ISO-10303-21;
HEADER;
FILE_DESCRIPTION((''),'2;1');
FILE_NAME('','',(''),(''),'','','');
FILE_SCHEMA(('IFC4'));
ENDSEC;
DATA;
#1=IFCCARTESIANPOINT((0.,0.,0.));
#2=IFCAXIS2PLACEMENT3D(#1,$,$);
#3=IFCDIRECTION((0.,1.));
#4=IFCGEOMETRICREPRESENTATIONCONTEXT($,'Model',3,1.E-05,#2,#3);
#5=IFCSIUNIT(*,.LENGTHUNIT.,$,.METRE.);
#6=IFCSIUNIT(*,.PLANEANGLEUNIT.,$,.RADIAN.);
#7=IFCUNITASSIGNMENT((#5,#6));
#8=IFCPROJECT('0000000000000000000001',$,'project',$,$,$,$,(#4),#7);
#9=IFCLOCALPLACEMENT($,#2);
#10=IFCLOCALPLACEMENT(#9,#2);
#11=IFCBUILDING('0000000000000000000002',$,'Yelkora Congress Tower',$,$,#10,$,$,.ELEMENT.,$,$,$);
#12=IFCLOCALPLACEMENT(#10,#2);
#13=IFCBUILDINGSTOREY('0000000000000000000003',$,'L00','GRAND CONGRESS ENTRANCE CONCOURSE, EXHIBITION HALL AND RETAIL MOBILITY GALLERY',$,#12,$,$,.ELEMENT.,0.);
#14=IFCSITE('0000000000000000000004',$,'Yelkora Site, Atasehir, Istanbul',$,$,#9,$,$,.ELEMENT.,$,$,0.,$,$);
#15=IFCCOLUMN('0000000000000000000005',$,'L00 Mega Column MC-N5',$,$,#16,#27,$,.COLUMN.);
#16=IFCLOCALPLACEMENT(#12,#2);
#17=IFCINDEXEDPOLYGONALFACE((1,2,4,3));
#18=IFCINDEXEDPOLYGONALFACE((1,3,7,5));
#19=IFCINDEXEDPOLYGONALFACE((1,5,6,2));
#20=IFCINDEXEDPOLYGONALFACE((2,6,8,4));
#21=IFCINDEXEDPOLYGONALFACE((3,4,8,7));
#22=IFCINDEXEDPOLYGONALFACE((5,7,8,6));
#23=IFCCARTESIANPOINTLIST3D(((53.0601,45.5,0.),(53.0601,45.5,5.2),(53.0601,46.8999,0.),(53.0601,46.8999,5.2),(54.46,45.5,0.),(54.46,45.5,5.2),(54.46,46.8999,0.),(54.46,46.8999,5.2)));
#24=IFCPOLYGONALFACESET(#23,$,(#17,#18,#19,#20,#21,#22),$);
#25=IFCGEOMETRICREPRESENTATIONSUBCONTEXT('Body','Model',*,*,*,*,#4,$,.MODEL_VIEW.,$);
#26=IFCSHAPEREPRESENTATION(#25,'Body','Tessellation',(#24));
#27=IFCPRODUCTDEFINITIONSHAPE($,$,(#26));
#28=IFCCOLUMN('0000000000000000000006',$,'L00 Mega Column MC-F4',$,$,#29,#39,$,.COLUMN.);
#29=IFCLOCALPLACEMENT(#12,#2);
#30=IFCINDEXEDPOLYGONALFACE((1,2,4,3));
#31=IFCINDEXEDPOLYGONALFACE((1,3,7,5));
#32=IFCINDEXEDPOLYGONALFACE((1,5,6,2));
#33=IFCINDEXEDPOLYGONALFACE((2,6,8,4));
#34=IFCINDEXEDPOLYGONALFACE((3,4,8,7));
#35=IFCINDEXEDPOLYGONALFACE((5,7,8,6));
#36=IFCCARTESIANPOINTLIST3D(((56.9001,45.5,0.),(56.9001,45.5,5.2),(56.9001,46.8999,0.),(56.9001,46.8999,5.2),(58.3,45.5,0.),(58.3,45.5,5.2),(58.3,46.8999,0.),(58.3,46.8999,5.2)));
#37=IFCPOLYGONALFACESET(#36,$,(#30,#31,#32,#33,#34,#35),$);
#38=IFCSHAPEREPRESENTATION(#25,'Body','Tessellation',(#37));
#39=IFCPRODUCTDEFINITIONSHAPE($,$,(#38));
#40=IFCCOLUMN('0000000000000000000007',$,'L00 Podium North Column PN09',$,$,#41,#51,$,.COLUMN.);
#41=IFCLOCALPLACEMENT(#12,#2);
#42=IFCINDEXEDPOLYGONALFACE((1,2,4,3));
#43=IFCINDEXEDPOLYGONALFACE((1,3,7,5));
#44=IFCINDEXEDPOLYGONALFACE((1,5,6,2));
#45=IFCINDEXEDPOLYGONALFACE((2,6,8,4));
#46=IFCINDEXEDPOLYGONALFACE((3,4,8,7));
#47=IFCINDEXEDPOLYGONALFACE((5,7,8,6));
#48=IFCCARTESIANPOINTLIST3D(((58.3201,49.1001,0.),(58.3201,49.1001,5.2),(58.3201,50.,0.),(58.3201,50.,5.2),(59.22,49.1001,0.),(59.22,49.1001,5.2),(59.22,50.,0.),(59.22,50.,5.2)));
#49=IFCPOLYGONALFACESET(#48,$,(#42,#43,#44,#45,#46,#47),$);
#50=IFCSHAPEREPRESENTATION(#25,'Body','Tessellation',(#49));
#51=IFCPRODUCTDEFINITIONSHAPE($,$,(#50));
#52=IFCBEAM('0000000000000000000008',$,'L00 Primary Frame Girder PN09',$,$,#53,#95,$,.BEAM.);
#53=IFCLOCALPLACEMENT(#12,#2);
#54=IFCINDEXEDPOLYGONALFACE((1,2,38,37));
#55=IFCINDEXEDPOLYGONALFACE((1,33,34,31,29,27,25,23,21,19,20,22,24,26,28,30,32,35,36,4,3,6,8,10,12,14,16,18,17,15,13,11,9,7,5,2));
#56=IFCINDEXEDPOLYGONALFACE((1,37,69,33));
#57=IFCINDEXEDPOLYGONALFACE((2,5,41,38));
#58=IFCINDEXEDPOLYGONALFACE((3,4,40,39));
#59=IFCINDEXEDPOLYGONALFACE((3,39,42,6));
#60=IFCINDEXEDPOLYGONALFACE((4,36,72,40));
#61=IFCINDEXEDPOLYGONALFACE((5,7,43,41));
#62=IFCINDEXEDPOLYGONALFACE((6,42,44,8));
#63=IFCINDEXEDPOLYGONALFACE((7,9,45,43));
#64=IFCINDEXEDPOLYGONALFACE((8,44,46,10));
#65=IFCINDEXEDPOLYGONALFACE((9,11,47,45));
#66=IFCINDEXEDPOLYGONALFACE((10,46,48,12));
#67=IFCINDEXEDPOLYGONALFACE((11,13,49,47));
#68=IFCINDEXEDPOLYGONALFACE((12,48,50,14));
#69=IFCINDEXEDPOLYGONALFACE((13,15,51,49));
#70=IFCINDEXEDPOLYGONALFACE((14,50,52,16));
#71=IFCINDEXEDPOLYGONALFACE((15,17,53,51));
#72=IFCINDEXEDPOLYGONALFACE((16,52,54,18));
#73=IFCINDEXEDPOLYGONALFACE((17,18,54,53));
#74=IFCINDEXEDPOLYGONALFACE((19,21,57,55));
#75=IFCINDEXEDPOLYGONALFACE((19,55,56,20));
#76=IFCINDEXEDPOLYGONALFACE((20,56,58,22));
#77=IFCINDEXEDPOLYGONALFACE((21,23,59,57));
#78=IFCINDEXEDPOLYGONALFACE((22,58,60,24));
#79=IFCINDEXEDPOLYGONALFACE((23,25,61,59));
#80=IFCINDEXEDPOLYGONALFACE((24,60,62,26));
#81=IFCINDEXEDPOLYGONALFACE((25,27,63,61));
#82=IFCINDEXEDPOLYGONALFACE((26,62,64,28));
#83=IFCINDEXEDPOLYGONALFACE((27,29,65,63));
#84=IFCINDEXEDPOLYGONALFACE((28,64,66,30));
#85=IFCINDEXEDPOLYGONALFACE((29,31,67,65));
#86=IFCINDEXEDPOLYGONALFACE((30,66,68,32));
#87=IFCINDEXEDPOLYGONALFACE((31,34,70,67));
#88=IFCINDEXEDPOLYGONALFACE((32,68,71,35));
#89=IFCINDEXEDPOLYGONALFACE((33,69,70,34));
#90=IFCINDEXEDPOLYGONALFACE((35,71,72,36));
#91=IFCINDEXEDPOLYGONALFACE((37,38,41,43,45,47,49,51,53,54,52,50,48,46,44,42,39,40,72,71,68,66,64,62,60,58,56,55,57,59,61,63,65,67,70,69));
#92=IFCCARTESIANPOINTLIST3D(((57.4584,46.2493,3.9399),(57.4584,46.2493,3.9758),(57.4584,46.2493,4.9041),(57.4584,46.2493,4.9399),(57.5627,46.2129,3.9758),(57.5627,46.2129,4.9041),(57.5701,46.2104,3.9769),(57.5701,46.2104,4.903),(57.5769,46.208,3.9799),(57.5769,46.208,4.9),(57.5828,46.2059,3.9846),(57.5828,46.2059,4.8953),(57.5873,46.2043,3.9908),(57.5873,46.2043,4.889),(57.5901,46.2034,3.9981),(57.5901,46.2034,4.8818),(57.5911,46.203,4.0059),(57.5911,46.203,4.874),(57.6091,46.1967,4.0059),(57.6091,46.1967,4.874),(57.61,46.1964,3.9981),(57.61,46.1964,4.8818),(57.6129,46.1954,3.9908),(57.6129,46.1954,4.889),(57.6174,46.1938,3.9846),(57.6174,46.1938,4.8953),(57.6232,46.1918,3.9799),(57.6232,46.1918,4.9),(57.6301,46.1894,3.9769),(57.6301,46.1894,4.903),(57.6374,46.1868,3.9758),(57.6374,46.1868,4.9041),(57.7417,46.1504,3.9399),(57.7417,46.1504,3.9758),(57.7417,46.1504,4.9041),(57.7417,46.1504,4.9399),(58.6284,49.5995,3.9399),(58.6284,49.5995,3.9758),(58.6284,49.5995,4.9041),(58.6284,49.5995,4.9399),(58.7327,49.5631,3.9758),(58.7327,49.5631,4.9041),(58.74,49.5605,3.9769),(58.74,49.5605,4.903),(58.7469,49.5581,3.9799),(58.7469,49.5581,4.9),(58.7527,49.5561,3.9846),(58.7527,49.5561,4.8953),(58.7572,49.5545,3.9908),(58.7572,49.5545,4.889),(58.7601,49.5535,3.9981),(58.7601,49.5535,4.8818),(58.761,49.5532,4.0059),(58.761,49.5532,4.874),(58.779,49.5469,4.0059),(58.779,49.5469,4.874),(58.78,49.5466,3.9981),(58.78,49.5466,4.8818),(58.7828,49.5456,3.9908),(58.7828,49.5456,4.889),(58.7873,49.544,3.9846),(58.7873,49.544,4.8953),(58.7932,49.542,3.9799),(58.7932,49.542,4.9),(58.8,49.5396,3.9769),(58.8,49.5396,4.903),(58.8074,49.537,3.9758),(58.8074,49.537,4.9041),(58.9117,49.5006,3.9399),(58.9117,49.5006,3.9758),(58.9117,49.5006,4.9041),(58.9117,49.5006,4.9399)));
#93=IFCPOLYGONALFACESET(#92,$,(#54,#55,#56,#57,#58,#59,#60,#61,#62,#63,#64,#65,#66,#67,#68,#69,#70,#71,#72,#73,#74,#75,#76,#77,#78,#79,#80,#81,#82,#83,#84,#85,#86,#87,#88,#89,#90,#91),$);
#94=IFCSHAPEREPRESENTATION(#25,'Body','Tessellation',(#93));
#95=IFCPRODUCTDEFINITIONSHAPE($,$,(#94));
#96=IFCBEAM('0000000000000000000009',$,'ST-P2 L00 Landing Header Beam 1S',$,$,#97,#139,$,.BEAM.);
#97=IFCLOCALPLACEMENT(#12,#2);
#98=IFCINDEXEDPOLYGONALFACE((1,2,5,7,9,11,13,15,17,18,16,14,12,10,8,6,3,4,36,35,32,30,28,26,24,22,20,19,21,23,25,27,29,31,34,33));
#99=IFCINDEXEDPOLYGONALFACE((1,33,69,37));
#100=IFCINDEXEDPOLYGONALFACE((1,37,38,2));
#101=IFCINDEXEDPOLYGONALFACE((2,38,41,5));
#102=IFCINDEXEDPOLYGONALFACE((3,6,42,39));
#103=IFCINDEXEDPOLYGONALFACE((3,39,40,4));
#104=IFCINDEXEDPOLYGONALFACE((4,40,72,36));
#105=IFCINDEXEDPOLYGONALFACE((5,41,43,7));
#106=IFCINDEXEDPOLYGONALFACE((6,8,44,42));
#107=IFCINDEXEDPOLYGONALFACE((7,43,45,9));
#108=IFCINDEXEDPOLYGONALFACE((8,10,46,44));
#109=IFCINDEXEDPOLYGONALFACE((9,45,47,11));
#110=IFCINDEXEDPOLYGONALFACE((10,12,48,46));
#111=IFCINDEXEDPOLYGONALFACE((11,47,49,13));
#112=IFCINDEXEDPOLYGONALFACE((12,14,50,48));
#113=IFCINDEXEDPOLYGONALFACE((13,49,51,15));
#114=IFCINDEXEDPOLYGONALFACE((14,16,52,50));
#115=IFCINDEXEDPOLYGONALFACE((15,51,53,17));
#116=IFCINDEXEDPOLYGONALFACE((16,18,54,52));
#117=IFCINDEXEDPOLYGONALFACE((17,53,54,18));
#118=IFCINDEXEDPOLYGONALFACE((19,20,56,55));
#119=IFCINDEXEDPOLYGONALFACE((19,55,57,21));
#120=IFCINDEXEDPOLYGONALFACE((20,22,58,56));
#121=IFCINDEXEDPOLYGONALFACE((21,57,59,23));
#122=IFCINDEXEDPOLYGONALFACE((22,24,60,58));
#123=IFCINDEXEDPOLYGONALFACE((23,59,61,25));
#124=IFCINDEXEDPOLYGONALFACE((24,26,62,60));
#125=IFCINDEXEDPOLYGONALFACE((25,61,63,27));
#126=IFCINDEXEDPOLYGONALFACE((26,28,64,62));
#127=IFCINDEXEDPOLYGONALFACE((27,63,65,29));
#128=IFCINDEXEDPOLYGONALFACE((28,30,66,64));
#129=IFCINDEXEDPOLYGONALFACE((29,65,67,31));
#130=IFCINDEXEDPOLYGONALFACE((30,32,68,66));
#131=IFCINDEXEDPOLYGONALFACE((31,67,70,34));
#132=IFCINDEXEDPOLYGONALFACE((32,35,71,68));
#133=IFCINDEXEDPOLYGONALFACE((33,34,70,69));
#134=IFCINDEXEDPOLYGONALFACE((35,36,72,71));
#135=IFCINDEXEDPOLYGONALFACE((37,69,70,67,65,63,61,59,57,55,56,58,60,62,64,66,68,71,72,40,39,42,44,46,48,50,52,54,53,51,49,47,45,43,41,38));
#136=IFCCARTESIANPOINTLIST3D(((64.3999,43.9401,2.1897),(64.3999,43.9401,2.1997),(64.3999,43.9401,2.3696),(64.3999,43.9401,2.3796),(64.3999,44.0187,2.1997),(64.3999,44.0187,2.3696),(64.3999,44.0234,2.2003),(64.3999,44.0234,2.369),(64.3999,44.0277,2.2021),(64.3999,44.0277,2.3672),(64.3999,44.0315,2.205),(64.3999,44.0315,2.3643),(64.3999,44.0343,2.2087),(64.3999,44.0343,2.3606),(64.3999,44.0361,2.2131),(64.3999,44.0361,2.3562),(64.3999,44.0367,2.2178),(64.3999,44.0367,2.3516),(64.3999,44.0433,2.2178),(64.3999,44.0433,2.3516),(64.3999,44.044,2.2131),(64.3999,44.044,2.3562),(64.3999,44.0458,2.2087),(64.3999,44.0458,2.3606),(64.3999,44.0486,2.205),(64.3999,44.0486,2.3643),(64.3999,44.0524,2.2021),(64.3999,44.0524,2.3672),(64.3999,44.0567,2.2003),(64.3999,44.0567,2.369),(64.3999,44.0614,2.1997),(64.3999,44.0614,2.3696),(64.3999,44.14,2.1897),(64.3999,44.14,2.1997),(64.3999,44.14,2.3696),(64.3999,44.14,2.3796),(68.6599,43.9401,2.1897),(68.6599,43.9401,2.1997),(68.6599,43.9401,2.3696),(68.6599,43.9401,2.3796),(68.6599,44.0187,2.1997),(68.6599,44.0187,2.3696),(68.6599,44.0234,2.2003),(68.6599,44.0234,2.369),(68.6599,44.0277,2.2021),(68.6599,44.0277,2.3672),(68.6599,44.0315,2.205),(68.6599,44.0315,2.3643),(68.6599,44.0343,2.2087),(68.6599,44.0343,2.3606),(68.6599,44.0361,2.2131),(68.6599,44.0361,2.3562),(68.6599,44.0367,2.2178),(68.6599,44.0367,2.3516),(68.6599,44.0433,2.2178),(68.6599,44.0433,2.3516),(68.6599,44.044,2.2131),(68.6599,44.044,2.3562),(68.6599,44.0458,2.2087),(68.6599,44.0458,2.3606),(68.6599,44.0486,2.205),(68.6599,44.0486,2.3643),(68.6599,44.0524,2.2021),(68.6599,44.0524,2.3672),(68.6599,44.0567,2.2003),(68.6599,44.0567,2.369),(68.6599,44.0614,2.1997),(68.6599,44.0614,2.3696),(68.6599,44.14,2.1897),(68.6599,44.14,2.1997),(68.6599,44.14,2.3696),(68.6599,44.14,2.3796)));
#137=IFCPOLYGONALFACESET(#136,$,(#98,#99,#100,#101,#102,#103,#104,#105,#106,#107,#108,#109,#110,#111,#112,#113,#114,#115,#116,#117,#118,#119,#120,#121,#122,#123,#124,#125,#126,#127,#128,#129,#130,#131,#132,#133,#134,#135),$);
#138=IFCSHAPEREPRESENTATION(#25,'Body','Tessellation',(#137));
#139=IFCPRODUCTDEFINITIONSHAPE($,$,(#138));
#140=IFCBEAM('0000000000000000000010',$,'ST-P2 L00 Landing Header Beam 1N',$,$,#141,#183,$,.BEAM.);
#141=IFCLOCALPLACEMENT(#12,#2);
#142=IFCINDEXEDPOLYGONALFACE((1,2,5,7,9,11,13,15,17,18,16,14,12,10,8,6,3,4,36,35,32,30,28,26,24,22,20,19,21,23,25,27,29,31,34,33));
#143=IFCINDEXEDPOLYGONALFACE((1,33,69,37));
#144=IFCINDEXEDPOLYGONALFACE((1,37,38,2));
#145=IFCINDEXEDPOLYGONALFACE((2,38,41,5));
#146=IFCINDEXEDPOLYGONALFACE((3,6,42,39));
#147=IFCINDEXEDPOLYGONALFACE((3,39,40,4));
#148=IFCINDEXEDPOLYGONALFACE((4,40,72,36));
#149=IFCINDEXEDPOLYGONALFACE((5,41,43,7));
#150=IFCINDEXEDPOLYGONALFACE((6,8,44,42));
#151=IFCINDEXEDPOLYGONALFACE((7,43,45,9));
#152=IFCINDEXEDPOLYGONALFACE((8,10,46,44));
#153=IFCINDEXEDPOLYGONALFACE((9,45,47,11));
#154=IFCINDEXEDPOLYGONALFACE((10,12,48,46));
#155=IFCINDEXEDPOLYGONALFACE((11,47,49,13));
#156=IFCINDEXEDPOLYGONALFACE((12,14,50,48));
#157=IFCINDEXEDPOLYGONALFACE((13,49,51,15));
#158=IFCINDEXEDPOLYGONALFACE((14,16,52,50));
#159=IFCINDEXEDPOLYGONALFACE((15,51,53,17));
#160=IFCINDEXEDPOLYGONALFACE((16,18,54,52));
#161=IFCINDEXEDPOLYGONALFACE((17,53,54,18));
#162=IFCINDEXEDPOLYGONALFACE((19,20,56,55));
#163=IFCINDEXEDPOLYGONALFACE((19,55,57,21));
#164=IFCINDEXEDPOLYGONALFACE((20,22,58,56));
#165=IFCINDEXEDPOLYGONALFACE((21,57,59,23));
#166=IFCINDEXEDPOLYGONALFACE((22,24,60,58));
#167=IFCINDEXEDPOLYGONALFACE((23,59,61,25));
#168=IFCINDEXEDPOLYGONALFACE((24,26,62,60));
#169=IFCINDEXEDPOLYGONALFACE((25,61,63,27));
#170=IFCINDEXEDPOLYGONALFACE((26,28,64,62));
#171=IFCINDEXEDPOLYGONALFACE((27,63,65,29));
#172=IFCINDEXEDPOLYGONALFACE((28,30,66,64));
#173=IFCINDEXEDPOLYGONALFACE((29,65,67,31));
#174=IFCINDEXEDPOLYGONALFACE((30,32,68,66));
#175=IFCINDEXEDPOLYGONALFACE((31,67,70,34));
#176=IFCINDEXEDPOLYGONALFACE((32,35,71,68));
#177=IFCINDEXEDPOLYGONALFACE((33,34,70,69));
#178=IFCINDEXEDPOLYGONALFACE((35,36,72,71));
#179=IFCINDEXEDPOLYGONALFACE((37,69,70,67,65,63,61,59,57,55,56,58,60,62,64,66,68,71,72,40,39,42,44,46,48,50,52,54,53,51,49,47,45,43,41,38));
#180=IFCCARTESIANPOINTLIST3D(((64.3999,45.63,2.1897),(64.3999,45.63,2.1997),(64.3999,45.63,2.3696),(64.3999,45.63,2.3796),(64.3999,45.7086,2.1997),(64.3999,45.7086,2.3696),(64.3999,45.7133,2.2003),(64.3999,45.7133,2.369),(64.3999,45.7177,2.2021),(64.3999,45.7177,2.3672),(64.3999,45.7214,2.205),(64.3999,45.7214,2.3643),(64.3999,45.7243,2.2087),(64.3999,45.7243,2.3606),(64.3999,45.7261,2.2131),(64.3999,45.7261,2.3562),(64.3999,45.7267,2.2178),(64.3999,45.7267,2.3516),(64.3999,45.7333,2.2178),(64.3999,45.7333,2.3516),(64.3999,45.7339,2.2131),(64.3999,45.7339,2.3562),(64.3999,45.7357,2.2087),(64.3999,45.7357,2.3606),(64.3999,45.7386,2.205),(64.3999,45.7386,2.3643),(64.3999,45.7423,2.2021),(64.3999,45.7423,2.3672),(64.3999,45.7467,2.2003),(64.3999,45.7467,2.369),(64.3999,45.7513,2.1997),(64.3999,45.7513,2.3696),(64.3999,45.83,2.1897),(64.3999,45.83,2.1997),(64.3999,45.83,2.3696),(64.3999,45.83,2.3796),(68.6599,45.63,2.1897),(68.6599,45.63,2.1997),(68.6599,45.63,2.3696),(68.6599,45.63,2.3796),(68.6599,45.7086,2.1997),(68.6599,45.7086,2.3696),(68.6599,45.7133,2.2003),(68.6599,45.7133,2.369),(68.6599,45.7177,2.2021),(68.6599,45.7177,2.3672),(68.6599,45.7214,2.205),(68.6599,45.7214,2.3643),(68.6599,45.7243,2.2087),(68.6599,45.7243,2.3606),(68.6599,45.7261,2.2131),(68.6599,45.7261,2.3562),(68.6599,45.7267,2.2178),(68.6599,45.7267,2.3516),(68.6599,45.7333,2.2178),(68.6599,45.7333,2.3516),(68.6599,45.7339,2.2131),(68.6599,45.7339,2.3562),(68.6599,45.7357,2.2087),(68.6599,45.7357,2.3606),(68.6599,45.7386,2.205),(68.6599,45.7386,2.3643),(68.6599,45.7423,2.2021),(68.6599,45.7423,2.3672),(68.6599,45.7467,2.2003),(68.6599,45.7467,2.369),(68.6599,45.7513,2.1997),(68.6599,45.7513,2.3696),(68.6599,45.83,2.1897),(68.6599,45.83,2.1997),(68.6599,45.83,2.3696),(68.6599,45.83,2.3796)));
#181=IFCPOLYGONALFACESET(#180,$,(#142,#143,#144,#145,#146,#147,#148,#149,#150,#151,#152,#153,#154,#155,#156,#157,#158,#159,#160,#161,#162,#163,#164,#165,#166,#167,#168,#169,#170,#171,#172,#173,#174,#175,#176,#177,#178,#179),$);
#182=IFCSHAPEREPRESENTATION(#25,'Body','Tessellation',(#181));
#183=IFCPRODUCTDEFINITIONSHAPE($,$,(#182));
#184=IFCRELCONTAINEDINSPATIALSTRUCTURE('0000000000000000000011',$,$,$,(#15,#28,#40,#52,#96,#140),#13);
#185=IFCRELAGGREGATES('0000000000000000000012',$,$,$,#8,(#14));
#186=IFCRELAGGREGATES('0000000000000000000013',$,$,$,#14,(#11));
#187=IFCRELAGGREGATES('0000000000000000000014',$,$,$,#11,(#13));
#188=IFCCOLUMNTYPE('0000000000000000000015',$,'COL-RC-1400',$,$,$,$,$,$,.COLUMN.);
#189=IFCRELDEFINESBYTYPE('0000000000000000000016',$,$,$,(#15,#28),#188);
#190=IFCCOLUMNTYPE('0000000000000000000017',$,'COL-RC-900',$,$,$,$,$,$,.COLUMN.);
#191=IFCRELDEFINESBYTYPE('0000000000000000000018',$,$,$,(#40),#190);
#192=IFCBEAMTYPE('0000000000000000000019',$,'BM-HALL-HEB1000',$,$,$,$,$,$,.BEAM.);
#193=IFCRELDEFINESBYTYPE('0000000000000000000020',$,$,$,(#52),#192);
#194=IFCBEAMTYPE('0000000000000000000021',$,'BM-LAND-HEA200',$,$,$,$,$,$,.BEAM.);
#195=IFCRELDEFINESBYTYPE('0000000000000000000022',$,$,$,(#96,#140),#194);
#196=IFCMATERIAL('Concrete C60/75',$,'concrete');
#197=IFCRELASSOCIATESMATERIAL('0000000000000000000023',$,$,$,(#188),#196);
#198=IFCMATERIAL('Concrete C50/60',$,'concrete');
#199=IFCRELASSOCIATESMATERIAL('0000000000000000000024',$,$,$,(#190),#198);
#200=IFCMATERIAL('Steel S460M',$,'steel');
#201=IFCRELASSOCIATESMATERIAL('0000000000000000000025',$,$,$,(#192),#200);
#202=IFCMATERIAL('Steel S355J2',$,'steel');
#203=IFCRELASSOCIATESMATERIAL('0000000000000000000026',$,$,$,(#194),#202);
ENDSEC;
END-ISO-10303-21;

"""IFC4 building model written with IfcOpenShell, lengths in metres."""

from ifc_helpers import new_model, si_unit, direction, frame, origin, origin_2d, place, context, subcontext, project, spatial, rectangle, i_section, extrude, material, material_profile, profile_set, type_object, element, save


model = new_model("IFC4")

# Units and contexts
model_context = context("Model", 3, precision=1e-05, world=origin(), true_north=direction((0.0, 1.0)))
body_context = subcontext(model_context, "Body", "Model", "MODEL_VIEW")
ifc_project = project(units=[si_unit("LENGTHUNIT", "METRE"), si_unit("PLANEANGLEUNIT", "RADIAN")], contexts=[model_context])

# Site, building, storey
site_placement = place(None, origin())
site = spatial("IfcSite", under=ifc_project, at=site_placement, Name="Yelkora Site, Atasehir, Istanbul", CompositionType="ELEMENT", RefElevation=0.0)
building_placement = place(site_placement, origin())
building = spatial("IfcBuilding", under=site, at=building_placement, Name="Yelkora Congress Tower", CompositionType="ELEMENT")
storey_placement = place(building_placement, origin())
storey = spatial("IfcBuildingStorey", under=building, at=storey_placement, Name="L00", Description="GRAND CONGRESS ENTRANCE CONCOURSE, EXHIBITION HALL AND RETAIL MOBILITY GALLERY", CompositionType="ELEMENT", Elevation=0.0)

# Columns
ifc_material_1 = material(Name="Concrete C60/75", Category="concrete")
ifc_material_profile_1 = material_profile(ifc_material_1, rectangle(XDim=1.3999, YDim=1.3999, at=origin_2d()), Name="RC 1400x1400")
ifc_profile_set_1 = profile_set([ifc_material_profile_1], Name="Concrete C60/75")
column_type_1 = type_object("IfcColumnType", Name="COL-RC-1400", PredefinedType="COLUMN", material=ifc_profile_set_1)
for number, where, z_axis, x_axis, name in (
    (1, (53.76, 46.2, 0.0), (0.0, 0.0, 1.0), (1.0, 0.0, 0.0), "L00 Mega Column MC-N5"),
    (2, (57.6001, 46.2, 0.0), (0.0, 0.0, 1.0), (1.0, 0.0, 0.0), "L00 Mega Column MC-F4"),
):
    element("IfcColumn", number, at=place(storey_placement, frame(where, z_axis=z_axis, x_axis=x_axis)), inside=storey, type_object=column_type_1, Name=name, PredefinedType="COLUMN", context=body_context, shape_type="SweptSolid", body=[
        extrude(rectangle(XDim=1.3999, YDim=1.3999, at=origin_2d()), origin(), (0.0, 0.0, 1.0), 5.2),
    ])
ifc_material_2 = material(Name="Concrete C50/60", Category="concrete")
ifc_material_profile_2 = material_profile(ifc_material_2, rectangle(XDim=0.8999, YDim=0.8999, at=origin_2d()), Name="RC 900x900")
ifc_profile_set_2 = profile_set([ifc_material_profile_2], Name="Concrete C50/60")
column_type_2 = type_object("IfcColumnType", Name="COL-RC-900", PredefinedType="COLUMN", material=ifc_profile_set_2)
column_placement = place(storey_placement, frame((58.77, 49.55, 0.0), z_axis=(0.0, 0.0, 1.0), x_axis=(1.0, 0.0, 0.0)))
element("IfcColumn", 3, at=column_placement, inside=storey, type_object=column_type_2, Name="L00 Podium North Column PN09", PredefinedType="COLUMN", context=body_context, shape_type="SweptSolid", body=[
    extrude(rectangle(XDim=0.8999, YDim=0.8999, at=origin_2d()), origin(), (0.0, 0.0, 1.0), 5.2),
])

# Beams
ifc_material_3 = material(Name="Steel S460M", Category="steel")
ifc_material_profile_3 = material_profile(ifc_material_3, i_section(OverallWidth=0.3, OverallDepth=1.0, WebThickness=0.019, FlangeThickness=0.0359, FilletRadius=0.03, at=origin_2d()), Name="HEB 1000")
ifc_profile_set_3 = profile_set([ifc_material_profile_3], Name="Steel S460M")
beam_type_1 = type_object("IfcBeamType", Name="BM-HALL-HEB1000", PredefinedType="BEAM", material=ifc_profile_set_3)
beam_1_placement = place(storey_placement, frame((58.77, 49.55, 4.4399), z_axis=(-0.329695, -0.944088, 0.0), x_axis=(0.944088, -0.329695, 0.0)))
element("IfcBeam", 4, at=beam_1_placement, inside=storey, type_object=beam_type_1, Name="L00 Primary Frame Girder PN09", PredefinedType="BEAM", context=body_context, shape_type="SweptSolid", body=[
    extrude(i_section(OverallWidth=0.3, OverallDepth=1.0, WebThickness=0.019, FlangeThickness=0.0359, FilletRadius=0.03, at=origin_2d()), origin(), (0.0, 0.0, 1.0), 3.5486),
])
ifc_material_4 = material(Name="Steel S355J2", Category="steel")
ifc_material_profile_4 = material_profile(ifc_material_4, i_section(OverallWidth=0.2, OverallDepth=0.1899, WebThickness=0.0066, FlangeThickness=0.01, FilletRadius=0.0181, at=origin_2d()), Name="HEA 200")
ifc_profile_set_4 = profile_set([ifc_material_profile_4], Name="Steel S355J2")
beam_type_2 = type_object("IfcBeamType", Name="BM-LAND-HEA200", PredefinedType="BEAM", material=ifc_profile_set_4)
for number, where, z_axis, x_axis, name in (
    (5, (64.3999, 44.04, 2.2847), (1.0, 0.0, 0.0), (0.0, 1.0, 0.0), "ST-P2 L00 Landing Header Beam 1S"),
    (6, (64.3999, 45.73, 2.2847), (1.0, 0.0, 0.0), (0.0, 1.0, 0.0), "ST-P2 L00 Landing Header Beam 1N"),
):
    element("IfcBeam", number, at=place(storey_placement, frame(where, z_axis=z_axis, x_axis=x_axis)), inside=storey, type_object=beam_type_2, Name=name, PredefinedType="BEAM", context=body_context, shape_type="SweptSolid", body=[
        extrude(i_section(OverallWidth=0.2, OverallDepth=0.1899, WebThickness=0.0066, FlangeThickness=0.01, FilletRadius=0.0181, at=origin_2d()), origin(), (0.0, 0.0, 1.0), 4.26),
    ])

save(model, "model.ifc")
